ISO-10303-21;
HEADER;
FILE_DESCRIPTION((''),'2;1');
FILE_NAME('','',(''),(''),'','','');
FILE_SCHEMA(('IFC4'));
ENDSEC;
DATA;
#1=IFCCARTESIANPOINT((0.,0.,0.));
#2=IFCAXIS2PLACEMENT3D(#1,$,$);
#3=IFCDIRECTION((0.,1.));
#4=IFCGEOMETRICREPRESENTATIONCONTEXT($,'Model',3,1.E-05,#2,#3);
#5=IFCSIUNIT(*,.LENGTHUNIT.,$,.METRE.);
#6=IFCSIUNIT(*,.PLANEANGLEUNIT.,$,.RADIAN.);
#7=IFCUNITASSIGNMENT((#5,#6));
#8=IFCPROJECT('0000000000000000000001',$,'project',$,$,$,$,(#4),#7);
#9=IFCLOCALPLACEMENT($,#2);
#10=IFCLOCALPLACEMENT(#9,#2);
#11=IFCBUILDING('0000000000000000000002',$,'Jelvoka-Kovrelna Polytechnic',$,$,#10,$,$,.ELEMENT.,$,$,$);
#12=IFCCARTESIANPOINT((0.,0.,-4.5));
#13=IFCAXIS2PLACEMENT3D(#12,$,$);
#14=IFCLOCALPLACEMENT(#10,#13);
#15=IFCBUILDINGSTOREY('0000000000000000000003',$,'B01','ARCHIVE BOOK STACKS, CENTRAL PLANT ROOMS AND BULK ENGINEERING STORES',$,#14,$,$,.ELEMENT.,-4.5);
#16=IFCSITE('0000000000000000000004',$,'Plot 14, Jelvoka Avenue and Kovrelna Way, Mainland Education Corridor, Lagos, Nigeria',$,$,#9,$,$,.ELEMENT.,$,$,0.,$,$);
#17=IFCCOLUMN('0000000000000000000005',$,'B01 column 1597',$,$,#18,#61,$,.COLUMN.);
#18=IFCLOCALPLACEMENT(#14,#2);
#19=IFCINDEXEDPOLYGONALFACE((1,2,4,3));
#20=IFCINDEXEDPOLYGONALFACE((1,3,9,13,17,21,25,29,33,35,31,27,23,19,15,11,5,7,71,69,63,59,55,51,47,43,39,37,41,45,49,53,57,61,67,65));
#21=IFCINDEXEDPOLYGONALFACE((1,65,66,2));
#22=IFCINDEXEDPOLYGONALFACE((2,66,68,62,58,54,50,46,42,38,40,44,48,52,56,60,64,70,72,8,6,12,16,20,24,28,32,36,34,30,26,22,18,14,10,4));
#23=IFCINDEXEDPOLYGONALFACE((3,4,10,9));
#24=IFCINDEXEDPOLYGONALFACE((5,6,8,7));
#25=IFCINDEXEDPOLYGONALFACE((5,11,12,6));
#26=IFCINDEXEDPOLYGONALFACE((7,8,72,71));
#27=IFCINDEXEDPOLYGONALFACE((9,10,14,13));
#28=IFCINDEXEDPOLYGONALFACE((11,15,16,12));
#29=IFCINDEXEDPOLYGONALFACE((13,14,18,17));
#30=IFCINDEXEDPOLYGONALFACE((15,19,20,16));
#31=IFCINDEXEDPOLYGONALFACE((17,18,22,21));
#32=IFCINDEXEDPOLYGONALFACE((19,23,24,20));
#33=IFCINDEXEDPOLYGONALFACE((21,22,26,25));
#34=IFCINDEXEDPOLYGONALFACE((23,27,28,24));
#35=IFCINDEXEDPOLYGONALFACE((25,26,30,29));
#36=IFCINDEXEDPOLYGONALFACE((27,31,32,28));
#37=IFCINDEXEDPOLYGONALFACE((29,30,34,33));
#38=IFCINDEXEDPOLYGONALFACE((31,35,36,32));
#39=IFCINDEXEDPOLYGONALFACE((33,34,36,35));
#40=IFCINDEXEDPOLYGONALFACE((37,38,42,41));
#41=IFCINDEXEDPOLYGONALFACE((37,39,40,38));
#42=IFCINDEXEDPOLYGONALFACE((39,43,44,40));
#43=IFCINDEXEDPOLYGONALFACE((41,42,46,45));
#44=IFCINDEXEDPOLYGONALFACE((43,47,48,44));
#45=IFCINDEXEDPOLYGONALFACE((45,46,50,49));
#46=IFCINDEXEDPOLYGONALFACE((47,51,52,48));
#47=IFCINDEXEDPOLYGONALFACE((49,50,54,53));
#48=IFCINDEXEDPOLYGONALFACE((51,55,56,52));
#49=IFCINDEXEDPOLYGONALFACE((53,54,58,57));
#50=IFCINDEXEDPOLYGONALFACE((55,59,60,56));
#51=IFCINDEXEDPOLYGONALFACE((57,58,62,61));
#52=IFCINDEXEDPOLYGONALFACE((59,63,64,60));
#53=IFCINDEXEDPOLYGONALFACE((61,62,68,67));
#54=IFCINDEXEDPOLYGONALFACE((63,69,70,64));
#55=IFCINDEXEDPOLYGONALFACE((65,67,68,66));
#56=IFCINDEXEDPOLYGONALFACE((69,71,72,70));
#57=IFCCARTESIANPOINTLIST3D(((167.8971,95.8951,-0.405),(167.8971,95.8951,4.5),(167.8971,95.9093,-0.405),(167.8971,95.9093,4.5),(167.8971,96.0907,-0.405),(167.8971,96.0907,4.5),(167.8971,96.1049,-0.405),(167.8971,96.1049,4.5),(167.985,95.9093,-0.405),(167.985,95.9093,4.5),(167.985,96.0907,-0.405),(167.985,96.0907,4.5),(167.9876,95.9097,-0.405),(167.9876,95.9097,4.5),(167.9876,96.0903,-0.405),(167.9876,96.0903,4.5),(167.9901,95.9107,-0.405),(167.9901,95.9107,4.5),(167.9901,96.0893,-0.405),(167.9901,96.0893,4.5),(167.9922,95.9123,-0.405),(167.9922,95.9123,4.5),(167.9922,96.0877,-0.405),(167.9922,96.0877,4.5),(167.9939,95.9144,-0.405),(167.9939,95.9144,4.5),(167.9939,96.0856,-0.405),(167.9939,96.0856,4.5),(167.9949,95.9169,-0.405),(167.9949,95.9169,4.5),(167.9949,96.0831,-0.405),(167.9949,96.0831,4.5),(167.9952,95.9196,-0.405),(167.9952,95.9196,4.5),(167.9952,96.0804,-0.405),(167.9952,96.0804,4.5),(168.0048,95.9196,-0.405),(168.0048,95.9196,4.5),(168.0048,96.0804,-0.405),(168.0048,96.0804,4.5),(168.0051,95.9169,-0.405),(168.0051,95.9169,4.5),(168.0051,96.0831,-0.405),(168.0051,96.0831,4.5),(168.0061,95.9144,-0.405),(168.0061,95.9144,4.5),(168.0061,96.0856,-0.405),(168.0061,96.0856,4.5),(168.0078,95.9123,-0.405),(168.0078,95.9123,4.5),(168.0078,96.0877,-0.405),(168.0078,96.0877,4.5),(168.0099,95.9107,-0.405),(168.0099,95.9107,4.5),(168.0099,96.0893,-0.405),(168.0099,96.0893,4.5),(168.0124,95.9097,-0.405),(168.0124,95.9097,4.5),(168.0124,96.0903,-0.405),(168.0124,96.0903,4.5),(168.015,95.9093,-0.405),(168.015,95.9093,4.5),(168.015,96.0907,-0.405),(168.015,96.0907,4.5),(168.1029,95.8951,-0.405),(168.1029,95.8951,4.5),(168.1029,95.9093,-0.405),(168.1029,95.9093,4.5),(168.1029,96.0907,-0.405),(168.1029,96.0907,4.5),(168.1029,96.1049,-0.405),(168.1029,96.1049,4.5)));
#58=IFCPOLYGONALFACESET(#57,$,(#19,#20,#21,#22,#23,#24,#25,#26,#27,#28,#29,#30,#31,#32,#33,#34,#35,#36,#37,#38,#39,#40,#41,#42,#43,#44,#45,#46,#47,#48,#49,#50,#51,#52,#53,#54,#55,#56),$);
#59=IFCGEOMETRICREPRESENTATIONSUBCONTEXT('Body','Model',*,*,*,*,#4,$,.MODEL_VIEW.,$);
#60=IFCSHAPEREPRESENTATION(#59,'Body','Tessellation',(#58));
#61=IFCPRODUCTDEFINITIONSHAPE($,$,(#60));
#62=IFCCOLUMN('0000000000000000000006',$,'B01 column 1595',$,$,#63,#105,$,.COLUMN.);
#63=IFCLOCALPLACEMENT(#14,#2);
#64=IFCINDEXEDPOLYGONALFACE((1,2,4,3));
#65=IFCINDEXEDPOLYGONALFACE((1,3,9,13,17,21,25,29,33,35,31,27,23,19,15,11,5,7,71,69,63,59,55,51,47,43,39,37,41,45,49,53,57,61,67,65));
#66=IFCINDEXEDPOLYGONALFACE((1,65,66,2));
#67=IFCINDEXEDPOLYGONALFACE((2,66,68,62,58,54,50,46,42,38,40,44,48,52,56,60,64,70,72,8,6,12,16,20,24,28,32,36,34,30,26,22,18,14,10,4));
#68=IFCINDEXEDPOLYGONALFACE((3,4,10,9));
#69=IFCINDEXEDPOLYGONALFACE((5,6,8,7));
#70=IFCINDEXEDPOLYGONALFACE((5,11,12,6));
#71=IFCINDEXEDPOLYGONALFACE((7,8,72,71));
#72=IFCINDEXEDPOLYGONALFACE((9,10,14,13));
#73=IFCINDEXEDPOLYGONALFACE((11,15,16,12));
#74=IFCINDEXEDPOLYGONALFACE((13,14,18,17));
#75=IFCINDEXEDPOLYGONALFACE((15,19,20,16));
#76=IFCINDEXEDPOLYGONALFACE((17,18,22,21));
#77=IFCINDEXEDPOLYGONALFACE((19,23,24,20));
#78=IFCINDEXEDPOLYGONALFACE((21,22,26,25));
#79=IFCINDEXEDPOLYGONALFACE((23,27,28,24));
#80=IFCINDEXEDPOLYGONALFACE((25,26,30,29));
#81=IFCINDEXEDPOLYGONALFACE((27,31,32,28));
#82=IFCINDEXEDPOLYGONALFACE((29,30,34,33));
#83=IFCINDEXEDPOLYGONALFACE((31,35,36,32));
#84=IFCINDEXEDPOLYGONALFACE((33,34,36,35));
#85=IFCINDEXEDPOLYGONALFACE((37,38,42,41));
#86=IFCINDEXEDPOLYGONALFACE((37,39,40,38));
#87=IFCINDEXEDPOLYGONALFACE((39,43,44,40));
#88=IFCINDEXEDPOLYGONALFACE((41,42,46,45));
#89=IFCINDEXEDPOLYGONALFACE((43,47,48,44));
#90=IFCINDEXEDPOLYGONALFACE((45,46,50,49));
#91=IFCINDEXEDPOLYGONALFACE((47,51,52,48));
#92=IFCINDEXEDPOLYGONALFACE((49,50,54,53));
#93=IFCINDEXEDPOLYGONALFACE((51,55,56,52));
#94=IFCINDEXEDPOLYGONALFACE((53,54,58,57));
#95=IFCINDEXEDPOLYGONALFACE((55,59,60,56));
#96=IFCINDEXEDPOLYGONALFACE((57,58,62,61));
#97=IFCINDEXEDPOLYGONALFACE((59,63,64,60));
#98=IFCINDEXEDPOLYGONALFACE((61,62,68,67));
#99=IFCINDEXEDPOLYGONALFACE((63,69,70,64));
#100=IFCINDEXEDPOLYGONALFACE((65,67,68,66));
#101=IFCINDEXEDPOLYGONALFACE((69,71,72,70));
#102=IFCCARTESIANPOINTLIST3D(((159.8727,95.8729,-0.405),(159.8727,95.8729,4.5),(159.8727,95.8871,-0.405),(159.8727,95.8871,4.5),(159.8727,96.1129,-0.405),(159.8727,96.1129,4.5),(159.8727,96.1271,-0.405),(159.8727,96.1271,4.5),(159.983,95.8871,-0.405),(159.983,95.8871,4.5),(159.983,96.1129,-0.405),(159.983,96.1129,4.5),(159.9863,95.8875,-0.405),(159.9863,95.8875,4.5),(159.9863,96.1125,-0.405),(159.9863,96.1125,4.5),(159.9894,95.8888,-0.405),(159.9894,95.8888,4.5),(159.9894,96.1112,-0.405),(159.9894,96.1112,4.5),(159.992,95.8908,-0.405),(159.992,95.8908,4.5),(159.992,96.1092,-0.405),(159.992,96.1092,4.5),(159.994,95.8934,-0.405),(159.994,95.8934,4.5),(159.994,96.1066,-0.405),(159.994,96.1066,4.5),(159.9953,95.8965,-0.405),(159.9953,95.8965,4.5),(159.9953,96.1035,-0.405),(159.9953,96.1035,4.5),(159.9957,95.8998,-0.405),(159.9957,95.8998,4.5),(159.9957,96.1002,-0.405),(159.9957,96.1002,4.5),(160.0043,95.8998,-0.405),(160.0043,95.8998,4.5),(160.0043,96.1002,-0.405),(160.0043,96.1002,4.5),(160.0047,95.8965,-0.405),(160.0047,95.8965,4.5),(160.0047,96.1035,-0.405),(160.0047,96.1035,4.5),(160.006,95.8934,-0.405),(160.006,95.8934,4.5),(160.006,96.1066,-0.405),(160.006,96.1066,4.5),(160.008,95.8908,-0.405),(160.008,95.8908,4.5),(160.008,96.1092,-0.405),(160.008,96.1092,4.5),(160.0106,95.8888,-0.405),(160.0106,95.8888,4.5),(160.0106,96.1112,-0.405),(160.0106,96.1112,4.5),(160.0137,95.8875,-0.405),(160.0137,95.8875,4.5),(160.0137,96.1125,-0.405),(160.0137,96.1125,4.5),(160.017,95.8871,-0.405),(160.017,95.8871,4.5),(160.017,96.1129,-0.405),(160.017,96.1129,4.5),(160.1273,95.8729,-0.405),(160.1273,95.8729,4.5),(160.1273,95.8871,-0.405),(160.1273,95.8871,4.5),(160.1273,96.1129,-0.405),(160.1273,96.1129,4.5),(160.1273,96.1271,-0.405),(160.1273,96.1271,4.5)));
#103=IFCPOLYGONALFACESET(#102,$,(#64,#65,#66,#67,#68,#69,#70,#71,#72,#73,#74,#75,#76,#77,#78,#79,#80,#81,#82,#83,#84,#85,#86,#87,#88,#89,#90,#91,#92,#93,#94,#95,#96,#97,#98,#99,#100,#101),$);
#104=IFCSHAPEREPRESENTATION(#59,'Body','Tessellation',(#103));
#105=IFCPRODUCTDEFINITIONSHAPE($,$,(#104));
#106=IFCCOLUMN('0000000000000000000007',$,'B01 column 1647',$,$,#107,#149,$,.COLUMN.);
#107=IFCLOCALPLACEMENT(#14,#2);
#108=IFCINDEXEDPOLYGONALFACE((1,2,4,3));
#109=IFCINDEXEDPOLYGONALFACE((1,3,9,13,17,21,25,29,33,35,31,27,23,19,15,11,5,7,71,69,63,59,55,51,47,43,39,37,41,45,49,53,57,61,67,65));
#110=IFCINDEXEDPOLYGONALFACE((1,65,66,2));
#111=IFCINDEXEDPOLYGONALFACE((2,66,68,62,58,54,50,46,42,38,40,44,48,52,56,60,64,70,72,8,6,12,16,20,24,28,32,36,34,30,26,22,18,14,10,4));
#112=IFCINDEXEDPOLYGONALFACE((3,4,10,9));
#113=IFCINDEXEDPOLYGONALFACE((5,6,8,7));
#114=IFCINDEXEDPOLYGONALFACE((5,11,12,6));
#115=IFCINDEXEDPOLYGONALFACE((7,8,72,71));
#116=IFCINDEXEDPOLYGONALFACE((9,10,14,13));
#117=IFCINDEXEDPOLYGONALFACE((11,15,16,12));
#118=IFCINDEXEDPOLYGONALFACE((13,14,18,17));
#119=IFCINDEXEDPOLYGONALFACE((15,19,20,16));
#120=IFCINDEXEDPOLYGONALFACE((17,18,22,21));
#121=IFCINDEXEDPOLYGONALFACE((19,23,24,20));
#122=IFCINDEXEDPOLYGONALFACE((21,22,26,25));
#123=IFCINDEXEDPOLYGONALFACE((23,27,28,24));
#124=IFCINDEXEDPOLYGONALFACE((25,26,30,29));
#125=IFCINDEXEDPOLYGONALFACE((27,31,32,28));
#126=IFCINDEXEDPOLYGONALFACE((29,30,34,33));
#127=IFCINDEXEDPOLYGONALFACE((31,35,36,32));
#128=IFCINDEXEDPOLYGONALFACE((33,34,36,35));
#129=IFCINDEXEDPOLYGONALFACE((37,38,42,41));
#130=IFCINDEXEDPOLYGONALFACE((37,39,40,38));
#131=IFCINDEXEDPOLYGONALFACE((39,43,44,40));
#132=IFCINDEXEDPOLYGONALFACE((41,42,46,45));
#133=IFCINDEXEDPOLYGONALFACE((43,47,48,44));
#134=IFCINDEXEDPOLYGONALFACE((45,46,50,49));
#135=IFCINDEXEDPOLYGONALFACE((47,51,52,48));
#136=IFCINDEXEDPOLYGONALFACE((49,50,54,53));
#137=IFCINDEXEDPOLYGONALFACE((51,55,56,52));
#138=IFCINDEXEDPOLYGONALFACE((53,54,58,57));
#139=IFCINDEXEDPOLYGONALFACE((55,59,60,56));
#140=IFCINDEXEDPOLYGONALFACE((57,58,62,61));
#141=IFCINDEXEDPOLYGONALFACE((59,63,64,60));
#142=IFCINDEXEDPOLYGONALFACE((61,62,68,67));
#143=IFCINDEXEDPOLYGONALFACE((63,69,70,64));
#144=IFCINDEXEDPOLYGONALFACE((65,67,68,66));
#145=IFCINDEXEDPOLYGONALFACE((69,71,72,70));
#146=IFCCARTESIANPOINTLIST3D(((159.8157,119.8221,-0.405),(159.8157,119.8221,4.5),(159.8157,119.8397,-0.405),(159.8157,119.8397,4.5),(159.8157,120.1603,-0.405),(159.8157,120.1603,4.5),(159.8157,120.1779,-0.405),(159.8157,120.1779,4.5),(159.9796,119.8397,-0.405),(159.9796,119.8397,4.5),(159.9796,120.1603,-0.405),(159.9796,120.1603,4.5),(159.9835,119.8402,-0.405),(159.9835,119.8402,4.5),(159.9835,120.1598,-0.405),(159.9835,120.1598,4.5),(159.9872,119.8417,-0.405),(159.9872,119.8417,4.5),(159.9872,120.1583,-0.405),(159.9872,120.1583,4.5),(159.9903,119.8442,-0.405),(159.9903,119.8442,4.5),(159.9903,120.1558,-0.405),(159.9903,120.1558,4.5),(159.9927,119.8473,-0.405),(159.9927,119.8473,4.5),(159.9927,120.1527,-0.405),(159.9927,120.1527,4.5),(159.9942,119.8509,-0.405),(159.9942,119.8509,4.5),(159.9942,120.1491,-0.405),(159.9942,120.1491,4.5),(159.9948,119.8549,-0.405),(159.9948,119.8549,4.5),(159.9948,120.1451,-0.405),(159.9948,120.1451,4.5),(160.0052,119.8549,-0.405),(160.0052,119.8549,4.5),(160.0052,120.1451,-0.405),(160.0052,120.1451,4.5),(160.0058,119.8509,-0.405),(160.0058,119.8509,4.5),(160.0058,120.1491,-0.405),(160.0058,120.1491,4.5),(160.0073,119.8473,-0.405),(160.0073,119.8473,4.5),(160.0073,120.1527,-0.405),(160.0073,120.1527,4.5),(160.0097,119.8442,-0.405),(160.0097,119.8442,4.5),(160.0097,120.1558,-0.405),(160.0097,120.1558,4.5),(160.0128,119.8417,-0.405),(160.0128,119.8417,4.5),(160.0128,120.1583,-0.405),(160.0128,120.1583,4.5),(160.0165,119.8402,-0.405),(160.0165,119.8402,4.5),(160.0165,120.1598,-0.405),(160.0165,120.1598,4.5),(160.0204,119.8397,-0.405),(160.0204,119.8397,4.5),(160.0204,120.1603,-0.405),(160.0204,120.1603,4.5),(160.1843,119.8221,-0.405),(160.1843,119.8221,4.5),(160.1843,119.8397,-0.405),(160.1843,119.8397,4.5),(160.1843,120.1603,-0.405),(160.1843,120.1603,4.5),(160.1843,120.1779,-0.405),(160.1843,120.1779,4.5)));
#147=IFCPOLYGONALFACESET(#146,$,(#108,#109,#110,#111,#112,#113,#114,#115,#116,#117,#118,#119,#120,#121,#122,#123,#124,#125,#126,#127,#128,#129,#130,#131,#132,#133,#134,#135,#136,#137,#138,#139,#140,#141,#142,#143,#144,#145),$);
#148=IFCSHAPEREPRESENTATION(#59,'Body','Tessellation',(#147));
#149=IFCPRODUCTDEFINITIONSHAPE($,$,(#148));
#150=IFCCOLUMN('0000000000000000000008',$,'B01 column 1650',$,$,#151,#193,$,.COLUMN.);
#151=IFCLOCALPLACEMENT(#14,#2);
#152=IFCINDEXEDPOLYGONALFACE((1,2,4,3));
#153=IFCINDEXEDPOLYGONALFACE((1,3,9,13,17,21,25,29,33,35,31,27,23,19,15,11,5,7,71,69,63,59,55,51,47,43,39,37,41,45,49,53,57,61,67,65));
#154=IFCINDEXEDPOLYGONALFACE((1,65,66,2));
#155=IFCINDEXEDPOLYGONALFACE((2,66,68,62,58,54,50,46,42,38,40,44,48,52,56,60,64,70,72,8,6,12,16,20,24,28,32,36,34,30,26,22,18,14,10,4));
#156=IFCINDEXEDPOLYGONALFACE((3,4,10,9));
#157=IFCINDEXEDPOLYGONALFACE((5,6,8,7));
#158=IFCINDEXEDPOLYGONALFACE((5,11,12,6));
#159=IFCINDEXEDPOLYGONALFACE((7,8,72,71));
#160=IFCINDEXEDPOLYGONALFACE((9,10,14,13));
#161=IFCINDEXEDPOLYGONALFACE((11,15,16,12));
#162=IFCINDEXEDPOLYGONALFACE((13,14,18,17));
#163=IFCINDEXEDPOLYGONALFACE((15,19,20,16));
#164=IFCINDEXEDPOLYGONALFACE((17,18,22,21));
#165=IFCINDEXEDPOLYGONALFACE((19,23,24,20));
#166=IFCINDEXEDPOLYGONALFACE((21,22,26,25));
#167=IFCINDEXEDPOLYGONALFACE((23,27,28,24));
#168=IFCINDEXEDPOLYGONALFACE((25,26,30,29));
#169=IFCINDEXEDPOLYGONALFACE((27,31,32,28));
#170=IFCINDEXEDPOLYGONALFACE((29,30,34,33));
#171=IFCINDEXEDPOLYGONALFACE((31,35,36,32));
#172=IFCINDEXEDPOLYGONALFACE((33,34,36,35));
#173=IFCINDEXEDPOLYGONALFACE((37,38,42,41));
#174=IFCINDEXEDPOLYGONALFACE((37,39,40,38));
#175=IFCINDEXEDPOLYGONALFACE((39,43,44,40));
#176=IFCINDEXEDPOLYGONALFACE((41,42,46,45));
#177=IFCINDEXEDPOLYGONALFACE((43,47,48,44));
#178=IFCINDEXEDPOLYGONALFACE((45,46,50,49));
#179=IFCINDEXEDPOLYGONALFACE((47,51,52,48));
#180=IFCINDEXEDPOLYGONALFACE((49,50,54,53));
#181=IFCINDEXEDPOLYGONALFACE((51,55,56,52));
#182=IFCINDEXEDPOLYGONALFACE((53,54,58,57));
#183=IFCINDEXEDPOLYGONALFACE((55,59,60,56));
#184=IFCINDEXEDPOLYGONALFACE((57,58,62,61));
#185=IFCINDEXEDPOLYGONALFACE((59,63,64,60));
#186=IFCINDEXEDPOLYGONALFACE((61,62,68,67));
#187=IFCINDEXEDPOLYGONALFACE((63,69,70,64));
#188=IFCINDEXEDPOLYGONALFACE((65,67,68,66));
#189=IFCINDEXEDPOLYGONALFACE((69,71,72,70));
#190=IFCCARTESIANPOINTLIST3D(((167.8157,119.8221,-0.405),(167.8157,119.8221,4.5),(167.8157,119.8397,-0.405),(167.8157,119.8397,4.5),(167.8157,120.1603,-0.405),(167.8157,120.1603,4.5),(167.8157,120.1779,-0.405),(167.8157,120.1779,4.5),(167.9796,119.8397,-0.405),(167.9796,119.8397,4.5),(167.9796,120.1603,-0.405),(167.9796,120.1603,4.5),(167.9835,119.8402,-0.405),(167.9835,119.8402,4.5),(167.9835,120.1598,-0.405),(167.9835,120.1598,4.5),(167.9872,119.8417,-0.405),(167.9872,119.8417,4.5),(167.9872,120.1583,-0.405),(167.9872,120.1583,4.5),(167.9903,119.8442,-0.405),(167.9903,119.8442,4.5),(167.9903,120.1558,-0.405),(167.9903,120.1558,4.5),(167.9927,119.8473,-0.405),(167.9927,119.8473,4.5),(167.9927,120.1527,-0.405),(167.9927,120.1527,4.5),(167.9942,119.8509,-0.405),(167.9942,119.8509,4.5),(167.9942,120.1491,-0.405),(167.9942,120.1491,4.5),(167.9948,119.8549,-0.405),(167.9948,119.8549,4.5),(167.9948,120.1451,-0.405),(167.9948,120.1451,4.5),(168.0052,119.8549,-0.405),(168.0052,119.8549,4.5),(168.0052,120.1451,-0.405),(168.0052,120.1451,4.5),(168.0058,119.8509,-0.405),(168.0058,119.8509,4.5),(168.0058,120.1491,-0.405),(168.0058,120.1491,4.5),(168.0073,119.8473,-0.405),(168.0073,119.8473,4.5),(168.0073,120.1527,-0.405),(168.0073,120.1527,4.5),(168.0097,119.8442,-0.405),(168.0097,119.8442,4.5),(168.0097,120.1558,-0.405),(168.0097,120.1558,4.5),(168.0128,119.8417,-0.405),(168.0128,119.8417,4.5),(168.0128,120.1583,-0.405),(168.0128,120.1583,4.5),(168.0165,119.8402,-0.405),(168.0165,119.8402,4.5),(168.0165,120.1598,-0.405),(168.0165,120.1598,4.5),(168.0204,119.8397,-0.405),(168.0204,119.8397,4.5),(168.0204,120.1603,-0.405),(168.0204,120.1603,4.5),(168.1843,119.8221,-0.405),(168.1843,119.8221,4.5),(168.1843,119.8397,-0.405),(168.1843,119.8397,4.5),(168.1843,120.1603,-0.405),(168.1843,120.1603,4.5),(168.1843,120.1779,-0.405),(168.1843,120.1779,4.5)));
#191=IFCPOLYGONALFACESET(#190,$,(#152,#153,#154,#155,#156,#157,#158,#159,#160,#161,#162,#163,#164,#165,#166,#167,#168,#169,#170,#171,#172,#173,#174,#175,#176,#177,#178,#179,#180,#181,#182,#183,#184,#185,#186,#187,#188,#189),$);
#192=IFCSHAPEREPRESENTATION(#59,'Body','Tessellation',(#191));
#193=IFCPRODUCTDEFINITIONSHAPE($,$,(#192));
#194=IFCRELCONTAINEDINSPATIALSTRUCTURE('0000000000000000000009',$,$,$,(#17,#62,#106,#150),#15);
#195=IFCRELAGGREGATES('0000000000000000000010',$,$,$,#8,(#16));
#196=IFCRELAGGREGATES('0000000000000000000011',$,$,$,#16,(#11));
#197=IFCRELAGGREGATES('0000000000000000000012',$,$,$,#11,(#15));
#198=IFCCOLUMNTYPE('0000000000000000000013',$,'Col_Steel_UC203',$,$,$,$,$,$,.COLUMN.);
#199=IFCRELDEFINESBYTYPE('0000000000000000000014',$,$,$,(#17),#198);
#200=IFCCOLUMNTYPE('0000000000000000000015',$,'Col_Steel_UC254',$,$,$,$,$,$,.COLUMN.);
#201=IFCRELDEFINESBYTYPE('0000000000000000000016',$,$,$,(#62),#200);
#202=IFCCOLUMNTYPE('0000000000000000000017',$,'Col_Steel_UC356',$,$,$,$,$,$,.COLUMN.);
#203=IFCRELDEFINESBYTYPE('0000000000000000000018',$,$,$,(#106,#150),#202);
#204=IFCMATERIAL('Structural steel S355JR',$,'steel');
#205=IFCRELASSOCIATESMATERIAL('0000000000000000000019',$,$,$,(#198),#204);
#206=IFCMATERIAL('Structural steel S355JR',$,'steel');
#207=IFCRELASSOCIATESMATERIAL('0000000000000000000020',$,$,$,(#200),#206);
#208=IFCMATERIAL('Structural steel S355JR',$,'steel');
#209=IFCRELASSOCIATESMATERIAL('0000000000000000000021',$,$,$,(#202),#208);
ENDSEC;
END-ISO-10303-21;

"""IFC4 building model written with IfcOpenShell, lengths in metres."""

from ifc_helpers import new_model, si_unit, direction, frame, origin, origin_2d, place, context, subcontext, project, spatial, i_section, extrude, material, material_profile, profile_set, type_object, element, save


model = new_model("IFC4")

# Units and contexts
model_context = context("Model", 3, precision=1e-05, world=origin(), true_north=direction((0.0, 1.0)))
body_context = subcontext(model_context, "Body", "Model", "MODEL_VIEW")
ifc_project = project(units=[si_unit("LENGTHUNIT", "METRE"), si_unit("PLANEANGLEUNIT", "RADIAN")], contexts=[model_context])

# Site, building, storey
site_placement = place(None, origin())
site = spatial("IfcSite", under=ifc_project, at=site_placement, Name="Plot 14, Jelvoka Avenue and Kovrelna Way, Mainland Education Corridor, Lagos, Nigeria", CompositionType="ELEMENT", RefElevation=0.0)
building_placement = place(site_placement, origin())
building = spatial("IfcBuilding", under=site, at=building_placement, Name="Jelvoka-Kovrelna Polytechnic", CompositionType="ELEMENT")
storey_placement = place(building_placement, frame((0.0, 0.0, -4.5)))
storey = spatial("IfcBuildingStorey", under=building, at=storey_placement, Name="B01", Description="ARCHIVE BOOK STACKS, CENTRAL PLANT ROOMS AND BULK ENGINEERING STORES", CompositionType="ELEMENT", Elevation=-4.5)

# Columns
ifc_material_1 = material(Name="Structural steel S355JR", Category="steel")
ifc_material_profile_1 = material_profile(ifc_material_1, i_section(OverallWidth=0.2058, OverallDepth=0.2097, WebThickness=0.0095, FlangeThickness=0.0142, FilletRadius=0.0103, at=origin_2d()), Name="203x203x60 UC")
ifc_profile_set_1 = profile_set([ifc_material_profile_1], Name="Structural steel S355JR")
column_type_1 = type_object("IfcColumnType", Name="Col_Steel_UC203", PredefinedType="COLUMN", material=ifc_profile_set_1)
column_1_placement = place(storey_placement, frame((168.0, 96.0, -0.405), z_axis=(0.0, 0.0, 1.0), x_axis=(1.0, 0.0, 0.0)))
element("IfcColumn", 1, at=column_1_placement, inside=storey, type_object=column_type_1, Name="B01 column 1597", PredefinedType="COLUMN", context=body_context, shape_type="SweptSolid", body=[
    extrude(i_section(OverallWidth=0.2058, OverallDepth=0.2097, WebThickness=0.0095, FlangeThickness=0.0142, FilletRadius=0.0103, at=origin_2d()), origin(), (0.0, 0.0, 1.0), 4.905),
])
ifc_material_2 = material(Name="Structural steel S355JR", Category="steel")
ifc_material_profile_2 = material_profile(ifc_material_2, i_section(OverallWidth=0.2546, OverallDepth=0.2542, WebThickness=0.0085, FlangeThickness=0.0142, FilletRadius=0.0127, at=origin_2d()), Name="254x254x73 UC")
ifc_profile_set_2 = profile_set([ifc_material_profile_2], Name="Structural steel S355JR")
column_type_2 = type_object("IfcColumnType", Name="Col_Steel_UC254", PredefinedType="COLUMN", material=ifc_profile_set_2)
column_2_placement = place(storey_placement, frame((160.0, 96.0, -0.405), z_axis=(0.0, 0.0, 1.0), x_axis=(1.0, 0.0, 0.0)))
element("IfcColumn", 2, at=column_2_placement, inside=storey, type_object=column_type_2, Name="B01 column 1595", PredefinedType="COLUMN", context=body_context, shape_type="SweptSolid", body=[
    extrude(i_section(OverallWidth=0.2546, OverallDepth=0.2542, WebThickness=0.0085, FlangeThickness=0.0142, FilletRadius=0.0127, at=origin_2d()), origin(), (0.0, 0.0, 1.0), 4.905),
])
ifc_material_3 = material(Name="Structural steel S355JR", Category="steel")
ifc_material_profile_3 = material_profile(ifc_material_3, i_section(OverallWidth=0.3687, OverallDepth=0.3557, WebThickness=0.0105, FlangeThickness=0.0176, FilletRadius=0.0151, at=origin_2d()), Name="356x368x129 UC")
ifc_profile_set_3 = profile_set([ifc_material_profile_3], Name="Structural steel S355JR")
column_type_3 = type_object("IfcColumnType", Name="Col_Steel_UC356", PredefinedType="COLUMN", material=ifc_profile_set_3)
for number, where, z_axis, x_axis, name in (
    (3, (160.0, 120.0, -0.405), (0.0, 0.0, 1.0), (1.0, 0.0, 0.0), "B01 column 1647"),
    (4, (168.0, 120.0, -0.405), (0.0, 0.0, 1.0), (1.0, 0.0, 0.0), "B01 column 1650"),
):
    element("IfcColumn", number, at=place(storey_placement, frame(where, z_axis=z_axis, x_axis=x_axis)), inside=storey, type_object=column_type_3, Name=name, PredefinedType="COLUMN", context=body_context, shape_type="SweptSolid", body=[
        extrude(i_section(OverallWidth=0.3687, OverallDepth=0.3557, WebThickness=0.0105, FlangeThickness=0.0176, FilletRadius=0.0151, at=origin_2d()), origin(), (0.0, 0.0, 1.0), 4.905),
    ])

save(model, "model.ifc")
